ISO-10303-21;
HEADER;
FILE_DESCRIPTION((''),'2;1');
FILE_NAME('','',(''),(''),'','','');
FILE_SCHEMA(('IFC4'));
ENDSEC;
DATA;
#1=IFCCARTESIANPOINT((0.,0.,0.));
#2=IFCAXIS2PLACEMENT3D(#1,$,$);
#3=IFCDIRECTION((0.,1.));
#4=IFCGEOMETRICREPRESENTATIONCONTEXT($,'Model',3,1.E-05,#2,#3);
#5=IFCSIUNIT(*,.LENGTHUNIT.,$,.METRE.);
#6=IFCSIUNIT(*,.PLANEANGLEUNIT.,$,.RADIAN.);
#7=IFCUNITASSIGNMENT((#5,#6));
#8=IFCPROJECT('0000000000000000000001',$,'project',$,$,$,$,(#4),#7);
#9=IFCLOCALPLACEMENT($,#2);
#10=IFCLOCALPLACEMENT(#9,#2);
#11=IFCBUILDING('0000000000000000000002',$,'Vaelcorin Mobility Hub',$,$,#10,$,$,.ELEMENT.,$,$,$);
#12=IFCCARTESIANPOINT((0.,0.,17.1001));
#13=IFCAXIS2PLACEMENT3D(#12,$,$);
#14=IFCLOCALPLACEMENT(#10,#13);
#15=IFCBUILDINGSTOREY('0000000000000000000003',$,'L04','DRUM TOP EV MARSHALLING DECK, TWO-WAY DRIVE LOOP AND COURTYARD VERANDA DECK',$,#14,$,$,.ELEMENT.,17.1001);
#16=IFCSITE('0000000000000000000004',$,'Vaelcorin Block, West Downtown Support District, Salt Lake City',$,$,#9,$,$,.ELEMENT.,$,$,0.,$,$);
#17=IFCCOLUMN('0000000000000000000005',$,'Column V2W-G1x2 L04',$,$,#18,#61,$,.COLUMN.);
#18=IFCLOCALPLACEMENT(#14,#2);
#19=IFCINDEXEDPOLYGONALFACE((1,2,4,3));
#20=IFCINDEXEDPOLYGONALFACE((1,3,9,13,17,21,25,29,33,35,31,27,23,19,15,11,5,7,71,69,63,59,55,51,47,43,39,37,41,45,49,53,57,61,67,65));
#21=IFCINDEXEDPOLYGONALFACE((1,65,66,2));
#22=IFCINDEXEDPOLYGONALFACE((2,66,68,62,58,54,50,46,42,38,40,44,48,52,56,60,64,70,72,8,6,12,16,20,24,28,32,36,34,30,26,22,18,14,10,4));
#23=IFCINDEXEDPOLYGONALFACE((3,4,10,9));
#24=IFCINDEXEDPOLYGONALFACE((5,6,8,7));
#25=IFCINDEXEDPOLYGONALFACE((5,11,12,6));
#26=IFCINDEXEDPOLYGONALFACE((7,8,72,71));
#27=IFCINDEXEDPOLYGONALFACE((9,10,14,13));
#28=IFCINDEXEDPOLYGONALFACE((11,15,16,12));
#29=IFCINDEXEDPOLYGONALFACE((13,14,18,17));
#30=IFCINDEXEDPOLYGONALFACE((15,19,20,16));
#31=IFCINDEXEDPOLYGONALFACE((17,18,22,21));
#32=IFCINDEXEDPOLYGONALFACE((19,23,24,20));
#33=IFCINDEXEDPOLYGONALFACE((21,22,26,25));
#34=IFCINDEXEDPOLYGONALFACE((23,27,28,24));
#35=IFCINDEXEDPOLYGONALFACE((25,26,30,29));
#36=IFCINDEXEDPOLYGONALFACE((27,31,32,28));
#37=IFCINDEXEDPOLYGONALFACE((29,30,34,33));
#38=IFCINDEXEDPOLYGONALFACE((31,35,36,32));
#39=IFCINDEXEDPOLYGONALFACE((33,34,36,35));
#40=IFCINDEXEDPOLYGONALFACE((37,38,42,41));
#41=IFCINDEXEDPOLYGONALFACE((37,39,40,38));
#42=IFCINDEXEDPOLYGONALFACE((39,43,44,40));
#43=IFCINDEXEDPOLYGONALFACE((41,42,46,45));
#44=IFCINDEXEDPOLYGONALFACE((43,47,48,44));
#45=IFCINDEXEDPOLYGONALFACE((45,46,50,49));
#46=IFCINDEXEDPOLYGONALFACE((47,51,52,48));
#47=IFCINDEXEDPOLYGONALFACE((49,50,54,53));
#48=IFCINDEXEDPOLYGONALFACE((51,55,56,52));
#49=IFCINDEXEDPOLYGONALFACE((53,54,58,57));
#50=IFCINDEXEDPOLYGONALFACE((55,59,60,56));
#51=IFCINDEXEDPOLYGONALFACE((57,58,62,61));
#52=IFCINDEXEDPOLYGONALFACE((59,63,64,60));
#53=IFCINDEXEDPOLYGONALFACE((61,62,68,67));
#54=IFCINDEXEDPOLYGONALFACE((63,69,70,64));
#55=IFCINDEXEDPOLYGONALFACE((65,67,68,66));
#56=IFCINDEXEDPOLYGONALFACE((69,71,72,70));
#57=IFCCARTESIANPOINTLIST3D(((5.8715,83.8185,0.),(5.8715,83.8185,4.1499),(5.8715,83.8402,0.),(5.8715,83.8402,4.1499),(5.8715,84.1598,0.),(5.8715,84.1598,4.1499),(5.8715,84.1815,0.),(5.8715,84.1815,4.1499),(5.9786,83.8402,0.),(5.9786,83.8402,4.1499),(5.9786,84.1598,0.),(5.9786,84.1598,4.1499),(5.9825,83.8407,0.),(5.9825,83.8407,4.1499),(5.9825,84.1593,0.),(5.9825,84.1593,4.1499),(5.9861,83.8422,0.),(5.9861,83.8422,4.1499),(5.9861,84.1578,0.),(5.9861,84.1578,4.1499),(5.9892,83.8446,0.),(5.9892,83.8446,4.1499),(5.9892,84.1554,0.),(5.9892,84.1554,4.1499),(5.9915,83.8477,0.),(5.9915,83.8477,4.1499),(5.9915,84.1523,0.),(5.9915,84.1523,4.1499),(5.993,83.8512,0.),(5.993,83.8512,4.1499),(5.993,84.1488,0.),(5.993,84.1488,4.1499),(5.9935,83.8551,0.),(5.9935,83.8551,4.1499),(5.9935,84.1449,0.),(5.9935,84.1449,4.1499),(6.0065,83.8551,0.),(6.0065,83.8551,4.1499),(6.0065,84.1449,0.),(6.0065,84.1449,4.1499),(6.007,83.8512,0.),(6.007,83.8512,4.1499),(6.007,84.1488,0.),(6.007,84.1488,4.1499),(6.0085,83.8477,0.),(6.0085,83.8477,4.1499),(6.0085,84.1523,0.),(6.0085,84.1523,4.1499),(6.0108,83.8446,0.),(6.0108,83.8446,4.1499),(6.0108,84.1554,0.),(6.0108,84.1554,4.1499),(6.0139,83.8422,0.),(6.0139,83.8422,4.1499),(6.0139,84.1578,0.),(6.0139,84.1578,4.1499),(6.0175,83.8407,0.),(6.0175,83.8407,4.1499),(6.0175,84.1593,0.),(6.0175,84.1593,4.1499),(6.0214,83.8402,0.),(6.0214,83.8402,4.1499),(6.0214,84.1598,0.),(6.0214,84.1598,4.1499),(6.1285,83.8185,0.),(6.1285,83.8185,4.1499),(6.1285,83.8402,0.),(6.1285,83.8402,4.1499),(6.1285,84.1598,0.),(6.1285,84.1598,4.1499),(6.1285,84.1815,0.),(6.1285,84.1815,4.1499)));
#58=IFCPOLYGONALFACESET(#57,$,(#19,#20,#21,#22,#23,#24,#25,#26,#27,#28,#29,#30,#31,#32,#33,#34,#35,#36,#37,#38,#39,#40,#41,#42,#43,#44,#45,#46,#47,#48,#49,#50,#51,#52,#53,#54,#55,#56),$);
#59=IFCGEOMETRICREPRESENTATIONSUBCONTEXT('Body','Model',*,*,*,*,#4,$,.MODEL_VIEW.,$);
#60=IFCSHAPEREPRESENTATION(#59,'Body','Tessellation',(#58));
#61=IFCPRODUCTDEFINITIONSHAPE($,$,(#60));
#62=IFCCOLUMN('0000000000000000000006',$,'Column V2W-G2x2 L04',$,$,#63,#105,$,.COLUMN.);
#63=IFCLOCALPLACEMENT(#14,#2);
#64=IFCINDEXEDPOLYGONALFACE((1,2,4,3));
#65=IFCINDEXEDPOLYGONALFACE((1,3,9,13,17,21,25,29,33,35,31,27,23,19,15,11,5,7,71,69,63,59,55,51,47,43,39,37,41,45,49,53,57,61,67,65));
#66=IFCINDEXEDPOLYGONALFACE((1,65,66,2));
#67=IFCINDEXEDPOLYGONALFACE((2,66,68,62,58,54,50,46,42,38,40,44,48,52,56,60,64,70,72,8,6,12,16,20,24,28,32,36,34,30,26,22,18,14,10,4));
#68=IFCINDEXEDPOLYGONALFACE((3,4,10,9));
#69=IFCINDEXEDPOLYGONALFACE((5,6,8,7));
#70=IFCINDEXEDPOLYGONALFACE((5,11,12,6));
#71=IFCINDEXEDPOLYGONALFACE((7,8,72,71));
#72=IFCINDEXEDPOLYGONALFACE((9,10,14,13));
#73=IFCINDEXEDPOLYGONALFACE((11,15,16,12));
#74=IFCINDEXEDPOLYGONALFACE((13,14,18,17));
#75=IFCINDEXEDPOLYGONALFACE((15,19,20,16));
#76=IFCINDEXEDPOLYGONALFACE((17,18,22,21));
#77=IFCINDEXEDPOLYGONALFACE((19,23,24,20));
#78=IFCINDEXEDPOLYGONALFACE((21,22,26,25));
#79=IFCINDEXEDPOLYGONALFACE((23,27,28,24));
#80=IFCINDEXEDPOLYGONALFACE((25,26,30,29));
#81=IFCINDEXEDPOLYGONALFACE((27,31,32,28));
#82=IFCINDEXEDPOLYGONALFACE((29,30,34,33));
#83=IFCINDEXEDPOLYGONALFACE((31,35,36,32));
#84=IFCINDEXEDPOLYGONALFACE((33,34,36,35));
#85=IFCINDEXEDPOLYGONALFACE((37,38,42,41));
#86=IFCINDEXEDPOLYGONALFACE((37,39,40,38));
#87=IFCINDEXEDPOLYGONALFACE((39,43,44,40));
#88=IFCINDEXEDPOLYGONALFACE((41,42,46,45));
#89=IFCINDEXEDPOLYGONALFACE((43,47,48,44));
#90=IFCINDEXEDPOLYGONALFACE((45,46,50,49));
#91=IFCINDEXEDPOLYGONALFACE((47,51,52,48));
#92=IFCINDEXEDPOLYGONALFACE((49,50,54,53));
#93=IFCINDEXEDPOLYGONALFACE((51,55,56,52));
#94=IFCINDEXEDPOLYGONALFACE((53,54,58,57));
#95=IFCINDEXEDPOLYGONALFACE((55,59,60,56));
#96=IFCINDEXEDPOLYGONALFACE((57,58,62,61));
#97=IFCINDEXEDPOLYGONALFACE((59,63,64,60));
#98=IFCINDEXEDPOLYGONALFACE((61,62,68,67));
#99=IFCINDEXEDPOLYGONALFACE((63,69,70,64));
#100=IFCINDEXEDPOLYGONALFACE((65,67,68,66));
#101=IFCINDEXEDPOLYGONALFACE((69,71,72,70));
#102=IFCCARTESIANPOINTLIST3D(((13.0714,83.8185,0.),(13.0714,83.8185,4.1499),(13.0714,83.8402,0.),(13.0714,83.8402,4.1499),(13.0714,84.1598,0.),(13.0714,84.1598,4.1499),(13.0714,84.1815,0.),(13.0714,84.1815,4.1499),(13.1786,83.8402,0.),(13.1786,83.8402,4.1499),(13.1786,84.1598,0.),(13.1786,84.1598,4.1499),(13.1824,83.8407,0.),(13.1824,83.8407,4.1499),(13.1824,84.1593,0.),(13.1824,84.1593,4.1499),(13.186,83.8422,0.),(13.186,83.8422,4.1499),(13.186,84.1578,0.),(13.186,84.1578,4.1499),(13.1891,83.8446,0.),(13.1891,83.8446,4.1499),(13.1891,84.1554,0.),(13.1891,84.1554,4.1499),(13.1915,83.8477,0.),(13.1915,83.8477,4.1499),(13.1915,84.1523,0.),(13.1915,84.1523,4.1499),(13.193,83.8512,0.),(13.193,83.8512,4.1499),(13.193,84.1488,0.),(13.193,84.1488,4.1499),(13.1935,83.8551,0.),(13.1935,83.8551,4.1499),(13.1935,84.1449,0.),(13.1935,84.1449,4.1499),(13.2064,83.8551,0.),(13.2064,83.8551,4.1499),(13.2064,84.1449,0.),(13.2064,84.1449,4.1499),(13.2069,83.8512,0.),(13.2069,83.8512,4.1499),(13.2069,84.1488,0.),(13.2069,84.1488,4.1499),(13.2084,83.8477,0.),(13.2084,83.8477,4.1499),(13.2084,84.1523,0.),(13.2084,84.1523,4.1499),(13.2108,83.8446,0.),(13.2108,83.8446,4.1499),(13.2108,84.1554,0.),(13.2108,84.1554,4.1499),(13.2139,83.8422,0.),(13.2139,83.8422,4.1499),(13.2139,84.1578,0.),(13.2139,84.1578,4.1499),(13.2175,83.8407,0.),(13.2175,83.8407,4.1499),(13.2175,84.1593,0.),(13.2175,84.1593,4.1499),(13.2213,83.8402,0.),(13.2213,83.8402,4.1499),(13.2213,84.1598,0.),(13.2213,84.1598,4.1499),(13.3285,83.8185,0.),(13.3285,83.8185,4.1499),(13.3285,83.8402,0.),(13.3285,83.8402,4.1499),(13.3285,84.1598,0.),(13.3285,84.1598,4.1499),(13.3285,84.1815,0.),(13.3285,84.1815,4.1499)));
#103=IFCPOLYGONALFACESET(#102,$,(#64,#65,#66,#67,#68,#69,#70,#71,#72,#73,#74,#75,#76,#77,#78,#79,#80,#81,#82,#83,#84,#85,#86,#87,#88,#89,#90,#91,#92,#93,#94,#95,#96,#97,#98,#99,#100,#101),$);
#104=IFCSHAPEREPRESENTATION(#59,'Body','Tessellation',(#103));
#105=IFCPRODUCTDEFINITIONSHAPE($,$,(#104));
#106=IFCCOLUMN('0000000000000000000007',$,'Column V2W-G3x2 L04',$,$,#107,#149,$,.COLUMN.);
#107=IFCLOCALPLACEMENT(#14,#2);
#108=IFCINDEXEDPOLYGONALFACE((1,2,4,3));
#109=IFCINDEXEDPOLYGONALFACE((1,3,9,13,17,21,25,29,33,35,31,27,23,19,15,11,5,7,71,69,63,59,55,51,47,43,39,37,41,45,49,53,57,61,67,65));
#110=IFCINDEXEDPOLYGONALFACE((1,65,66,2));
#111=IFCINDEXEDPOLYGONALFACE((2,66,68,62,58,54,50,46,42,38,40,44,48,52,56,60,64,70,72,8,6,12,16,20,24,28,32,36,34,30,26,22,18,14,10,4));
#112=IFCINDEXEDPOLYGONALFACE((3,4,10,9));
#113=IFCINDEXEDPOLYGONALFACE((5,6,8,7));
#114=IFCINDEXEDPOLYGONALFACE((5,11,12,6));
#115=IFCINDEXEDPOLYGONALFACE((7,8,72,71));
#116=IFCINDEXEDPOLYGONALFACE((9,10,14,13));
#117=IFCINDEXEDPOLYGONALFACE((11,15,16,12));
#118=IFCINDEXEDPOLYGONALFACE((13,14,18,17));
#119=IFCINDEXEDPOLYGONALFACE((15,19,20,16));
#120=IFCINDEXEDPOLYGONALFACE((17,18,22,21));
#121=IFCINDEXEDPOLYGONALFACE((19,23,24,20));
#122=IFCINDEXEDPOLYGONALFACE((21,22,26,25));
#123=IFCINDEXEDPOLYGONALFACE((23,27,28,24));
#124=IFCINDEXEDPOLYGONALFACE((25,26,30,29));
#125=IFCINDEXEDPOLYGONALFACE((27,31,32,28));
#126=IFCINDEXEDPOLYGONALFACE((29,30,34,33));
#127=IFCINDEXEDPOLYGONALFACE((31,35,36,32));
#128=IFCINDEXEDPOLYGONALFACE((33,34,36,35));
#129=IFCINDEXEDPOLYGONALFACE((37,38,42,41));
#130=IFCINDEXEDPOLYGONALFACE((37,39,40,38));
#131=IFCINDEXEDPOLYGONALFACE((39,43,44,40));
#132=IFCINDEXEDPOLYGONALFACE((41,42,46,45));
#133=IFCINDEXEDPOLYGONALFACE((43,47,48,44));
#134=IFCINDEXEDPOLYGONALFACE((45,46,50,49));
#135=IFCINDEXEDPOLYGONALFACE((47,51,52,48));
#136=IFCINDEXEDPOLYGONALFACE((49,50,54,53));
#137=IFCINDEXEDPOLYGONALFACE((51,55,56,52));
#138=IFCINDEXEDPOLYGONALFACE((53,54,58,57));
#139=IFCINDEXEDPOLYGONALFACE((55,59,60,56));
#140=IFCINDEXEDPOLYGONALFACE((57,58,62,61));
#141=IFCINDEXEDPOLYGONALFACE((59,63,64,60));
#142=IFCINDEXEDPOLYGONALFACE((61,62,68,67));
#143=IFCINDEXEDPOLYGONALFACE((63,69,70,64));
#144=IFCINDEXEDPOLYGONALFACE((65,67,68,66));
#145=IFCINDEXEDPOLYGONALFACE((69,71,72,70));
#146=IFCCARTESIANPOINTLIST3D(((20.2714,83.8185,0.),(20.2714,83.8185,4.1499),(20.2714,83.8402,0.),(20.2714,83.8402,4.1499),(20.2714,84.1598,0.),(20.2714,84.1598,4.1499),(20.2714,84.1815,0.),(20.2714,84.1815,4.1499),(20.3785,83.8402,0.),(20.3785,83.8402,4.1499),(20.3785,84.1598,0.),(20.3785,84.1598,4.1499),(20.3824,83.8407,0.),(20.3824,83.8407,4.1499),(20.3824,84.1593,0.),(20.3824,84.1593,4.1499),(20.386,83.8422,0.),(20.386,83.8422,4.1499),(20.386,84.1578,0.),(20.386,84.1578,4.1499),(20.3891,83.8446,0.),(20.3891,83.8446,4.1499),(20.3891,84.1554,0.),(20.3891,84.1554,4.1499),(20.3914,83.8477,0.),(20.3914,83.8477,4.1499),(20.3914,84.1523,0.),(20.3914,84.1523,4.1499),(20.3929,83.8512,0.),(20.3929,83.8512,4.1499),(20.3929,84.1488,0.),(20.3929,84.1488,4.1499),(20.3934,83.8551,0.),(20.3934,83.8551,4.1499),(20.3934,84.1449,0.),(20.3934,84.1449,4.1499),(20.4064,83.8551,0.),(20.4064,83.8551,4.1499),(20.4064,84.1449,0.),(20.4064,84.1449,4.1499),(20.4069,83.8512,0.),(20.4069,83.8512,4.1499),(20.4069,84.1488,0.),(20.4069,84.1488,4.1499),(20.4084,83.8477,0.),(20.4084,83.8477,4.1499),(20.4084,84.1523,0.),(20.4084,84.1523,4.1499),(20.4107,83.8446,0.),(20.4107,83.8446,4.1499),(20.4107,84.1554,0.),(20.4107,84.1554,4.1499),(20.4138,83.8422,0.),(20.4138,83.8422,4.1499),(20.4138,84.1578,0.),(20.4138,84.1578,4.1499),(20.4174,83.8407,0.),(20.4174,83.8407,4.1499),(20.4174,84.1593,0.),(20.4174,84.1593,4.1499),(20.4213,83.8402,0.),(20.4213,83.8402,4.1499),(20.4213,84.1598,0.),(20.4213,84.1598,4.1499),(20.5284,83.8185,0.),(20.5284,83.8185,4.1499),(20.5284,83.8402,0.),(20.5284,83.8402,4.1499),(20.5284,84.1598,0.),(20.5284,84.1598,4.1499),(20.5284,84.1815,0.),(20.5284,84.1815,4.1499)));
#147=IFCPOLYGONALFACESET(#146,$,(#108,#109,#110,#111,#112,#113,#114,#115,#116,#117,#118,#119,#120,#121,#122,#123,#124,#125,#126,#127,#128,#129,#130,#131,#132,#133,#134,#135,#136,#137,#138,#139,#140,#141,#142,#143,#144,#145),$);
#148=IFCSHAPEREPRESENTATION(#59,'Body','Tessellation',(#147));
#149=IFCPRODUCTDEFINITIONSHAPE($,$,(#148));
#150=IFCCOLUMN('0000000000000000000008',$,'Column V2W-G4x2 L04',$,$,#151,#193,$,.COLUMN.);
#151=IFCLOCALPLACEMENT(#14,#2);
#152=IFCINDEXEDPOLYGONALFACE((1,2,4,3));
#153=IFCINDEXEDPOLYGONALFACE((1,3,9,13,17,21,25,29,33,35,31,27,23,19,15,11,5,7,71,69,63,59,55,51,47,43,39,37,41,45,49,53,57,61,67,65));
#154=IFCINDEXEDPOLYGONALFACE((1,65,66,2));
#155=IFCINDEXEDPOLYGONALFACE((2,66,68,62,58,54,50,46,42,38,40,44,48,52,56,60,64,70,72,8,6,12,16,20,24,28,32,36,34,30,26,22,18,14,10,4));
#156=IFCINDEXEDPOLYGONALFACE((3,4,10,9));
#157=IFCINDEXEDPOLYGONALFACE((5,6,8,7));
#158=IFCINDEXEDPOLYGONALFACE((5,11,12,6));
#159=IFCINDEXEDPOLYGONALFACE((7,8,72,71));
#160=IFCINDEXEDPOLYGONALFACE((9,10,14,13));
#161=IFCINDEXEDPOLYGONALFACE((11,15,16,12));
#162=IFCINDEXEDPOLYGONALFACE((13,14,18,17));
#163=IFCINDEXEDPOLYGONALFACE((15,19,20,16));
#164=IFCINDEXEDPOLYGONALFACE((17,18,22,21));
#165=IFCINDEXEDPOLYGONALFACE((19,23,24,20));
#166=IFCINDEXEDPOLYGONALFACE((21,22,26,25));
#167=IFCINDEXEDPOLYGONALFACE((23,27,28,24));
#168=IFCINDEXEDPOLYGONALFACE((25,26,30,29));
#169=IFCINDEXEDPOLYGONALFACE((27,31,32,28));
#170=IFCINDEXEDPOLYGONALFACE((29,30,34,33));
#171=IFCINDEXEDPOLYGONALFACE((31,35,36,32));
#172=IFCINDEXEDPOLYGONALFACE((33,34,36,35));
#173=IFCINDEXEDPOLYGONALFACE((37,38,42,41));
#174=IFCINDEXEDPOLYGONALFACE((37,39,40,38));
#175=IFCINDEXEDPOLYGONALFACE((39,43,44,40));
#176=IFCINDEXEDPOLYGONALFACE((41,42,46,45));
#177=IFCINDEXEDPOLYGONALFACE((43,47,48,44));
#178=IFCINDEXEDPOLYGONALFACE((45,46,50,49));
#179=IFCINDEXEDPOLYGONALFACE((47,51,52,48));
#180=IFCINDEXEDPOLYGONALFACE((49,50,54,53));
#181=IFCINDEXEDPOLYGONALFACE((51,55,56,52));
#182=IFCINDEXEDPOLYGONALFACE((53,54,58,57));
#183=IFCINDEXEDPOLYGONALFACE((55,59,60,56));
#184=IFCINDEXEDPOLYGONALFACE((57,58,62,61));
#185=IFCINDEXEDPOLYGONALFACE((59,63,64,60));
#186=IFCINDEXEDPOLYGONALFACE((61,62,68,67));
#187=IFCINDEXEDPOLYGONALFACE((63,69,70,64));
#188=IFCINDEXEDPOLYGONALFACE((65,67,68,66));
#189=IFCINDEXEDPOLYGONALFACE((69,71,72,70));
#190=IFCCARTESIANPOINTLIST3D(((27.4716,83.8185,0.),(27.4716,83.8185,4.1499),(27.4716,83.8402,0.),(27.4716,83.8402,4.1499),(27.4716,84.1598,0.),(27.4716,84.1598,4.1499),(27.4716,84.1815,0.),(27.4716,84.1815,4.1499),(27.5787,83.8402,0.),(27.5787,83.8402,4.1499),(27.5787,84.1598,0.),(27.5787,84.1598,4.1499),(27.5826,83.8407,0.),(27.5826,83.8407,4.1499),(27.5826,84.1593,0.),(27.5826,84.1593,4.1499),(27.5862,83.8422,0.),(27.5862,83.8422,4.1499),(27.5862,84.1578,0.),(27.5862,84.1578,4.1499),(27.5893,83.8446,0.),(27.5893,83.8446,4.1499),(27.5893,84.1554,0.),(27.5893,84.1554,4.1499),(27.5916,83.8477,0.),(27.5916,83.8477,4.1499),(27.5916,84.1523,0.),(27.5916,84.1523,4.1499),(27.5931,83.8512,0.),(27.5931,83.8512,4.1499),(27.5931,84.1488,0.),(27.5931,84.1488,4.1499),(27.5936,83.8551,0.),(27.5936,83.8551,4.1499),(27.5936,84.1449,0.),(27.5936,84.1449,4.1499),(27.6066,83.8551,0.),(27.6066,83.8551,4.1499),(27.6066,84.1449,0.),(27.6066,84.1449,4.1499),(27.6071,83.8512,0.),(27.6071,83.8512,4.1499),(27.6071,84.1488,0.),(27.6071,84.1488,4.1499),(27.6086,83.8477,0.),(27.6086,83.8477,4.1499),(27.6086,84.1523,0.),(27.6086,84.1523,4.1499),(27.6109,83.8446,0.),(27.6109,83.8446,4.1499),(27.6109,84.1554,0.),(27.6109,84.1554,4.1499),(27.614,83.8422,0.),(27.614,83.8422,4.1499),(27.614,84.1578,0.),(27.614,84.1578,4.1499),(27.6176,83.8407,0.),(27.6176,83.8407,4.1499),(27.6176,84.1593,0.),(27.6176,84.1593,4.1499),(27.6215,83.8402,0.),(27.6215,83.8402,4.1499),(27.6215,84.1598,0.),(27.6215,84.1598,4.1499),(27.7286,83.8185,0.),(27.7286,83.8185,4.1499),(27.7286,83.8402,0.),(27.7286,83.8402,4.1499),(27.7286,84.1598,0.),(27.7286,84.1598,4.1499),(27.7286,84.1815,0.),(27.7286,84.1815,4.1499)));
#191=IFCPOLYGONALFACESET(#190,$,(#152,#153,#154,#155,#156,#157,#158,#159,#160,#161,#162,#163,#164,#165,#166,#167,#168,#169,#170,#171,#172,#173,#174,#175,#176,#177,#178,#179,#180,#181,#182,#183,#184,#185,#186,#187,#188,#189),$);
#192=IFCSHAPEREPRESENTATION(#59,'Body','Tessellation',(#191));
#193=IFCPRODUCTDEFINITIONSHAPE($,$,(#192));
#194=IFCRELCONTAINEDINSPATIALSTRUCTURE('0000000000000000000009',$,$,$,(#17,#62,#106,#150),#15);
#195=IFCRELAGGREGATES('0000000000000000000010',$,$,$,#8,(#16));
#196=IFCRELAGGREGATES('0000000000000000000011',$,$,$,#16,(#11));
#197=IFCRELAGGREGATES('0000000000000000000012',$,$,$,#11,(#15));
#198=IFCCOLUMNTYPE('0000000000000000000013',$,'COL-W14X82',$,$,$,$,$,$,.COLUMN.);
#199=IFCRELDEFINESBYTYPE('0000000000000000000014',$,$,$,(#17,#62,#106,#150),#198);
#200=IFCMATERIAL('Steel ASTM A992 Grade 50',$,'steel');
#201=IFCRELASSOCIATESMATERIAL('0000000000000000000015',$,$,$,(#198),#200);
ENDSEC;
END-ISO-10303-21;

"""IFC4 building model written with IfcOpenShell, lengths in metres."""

from ifc_helpers import new_model, si_unit, direction, frame, origin, origin_2d, place, context, subcontext, project, spatial, i_section, extrude, material, material_profile, profile_set, type_object, element, save


model = new_model("IFC4")

# Units and contexts
model_context = context("Model", 3, precision=1e-05, world=origin(), true_north=direction((0.0, 1.0)))
body_context = subcontext(model_context, "Body", "Model", "MODEL_VIEW")
ifc_project = project(units=[si_unit("LENGTHUNIT", "METRE"), si_unit("PLANEANGLEUNIT", "RADIAN")], contexts=[model_context])

# Site, building, storey
site_placement = place(None, origin())
site = spatial("IfcSite", under=ifc_project, at=site_placement, Name="Vaelcorin Block, West Downtown Support District, Salt Lake City", CompositionType="ELEMENT", RefElevation=0.0)
building_placement = place(site_placement, origin())
building = spatial("IfcBuilding", under=site, at=building_placement, Name="Vaelcorin Mobility Hub", CompositionType="ELEMENT")
storey_placement = place(building_placement, frame((0.0, 0.0, 17.1001)))
storey = spatial("IfcBuildingStorey", under=building, at=storey_placement, Name="L04", Description="DRUM TOP EV MARSHALLING DECK, TWO-WAY DRIVE LOOP AND COURTYARD VERANDA DECK", CompositionType="ELEMENT", Elevation=17.1001)

# Columns
ifc_material_1 = material(Name="Steel ASTM A992 Grade 50", Category="steel")
ifc_material_profile_1 = material_profile(ifc_material_1, i_section(OverallWidth=0.2571, OverallDepth=0.363, WebThickness=0.0129, FlangeThickness=0.0217, FilletRadius=0.0149, at=origin_2d()), Name="W14X82")
ifc_profile_set_1 = profile_set([ifc_material_profile_1], Name="Steel ASTM A992 Grade 50")
column_type = type_object("IfcColumnType", Name="COL-W14X82", PredefinedType="COLUMN", material=ifc_profile_set_1)
for number, where, z_axis, x_axis, name in (
    (1, (6.0, 84.0, 0.0), (0.0, 0.0, 1.0), (1.0, 0.0, 0.0), "Column V2W-G1x2 L04"),
    (2, (13.2, 84.0, 0.0), (0.0, 0.0, 1.0), (1.0, 0.0, 0.0), "Column V2W-G2x2 L04"),
    (3, (20.3999, 84.0, 0.0), (0.0, 0.0, 1.0), (1.0, 0.0, 0.0), "Column V2W-G3x2 L04"),
    (4, (27.6001, 84.0, 0.0), (0.0, 0.0, 1.0), (1.0, 0.0, 0.0), "Column V2W-G4x2 L04"),
):
    element("IfcColumn", number, at=place(storey_placement, frame(where, z_axis=z_axis, x_axis=x_axis)), inside=storey, type_object=column_type, Name=name, PredefinedType="COLUMN", context=body_context, shape_type="SweptSolid", body=[
        extrude(i_section(OverallWidth=0.2571, OverallDepth=0.363, WebThickness=0.0129, FlangeThickness=0.0217, FilletRadius=0.0149, at=origin_2d()), origin(), (0.0, 0.0, 1.0), 4.1499),
    ])

save(model, "model.ifc")
